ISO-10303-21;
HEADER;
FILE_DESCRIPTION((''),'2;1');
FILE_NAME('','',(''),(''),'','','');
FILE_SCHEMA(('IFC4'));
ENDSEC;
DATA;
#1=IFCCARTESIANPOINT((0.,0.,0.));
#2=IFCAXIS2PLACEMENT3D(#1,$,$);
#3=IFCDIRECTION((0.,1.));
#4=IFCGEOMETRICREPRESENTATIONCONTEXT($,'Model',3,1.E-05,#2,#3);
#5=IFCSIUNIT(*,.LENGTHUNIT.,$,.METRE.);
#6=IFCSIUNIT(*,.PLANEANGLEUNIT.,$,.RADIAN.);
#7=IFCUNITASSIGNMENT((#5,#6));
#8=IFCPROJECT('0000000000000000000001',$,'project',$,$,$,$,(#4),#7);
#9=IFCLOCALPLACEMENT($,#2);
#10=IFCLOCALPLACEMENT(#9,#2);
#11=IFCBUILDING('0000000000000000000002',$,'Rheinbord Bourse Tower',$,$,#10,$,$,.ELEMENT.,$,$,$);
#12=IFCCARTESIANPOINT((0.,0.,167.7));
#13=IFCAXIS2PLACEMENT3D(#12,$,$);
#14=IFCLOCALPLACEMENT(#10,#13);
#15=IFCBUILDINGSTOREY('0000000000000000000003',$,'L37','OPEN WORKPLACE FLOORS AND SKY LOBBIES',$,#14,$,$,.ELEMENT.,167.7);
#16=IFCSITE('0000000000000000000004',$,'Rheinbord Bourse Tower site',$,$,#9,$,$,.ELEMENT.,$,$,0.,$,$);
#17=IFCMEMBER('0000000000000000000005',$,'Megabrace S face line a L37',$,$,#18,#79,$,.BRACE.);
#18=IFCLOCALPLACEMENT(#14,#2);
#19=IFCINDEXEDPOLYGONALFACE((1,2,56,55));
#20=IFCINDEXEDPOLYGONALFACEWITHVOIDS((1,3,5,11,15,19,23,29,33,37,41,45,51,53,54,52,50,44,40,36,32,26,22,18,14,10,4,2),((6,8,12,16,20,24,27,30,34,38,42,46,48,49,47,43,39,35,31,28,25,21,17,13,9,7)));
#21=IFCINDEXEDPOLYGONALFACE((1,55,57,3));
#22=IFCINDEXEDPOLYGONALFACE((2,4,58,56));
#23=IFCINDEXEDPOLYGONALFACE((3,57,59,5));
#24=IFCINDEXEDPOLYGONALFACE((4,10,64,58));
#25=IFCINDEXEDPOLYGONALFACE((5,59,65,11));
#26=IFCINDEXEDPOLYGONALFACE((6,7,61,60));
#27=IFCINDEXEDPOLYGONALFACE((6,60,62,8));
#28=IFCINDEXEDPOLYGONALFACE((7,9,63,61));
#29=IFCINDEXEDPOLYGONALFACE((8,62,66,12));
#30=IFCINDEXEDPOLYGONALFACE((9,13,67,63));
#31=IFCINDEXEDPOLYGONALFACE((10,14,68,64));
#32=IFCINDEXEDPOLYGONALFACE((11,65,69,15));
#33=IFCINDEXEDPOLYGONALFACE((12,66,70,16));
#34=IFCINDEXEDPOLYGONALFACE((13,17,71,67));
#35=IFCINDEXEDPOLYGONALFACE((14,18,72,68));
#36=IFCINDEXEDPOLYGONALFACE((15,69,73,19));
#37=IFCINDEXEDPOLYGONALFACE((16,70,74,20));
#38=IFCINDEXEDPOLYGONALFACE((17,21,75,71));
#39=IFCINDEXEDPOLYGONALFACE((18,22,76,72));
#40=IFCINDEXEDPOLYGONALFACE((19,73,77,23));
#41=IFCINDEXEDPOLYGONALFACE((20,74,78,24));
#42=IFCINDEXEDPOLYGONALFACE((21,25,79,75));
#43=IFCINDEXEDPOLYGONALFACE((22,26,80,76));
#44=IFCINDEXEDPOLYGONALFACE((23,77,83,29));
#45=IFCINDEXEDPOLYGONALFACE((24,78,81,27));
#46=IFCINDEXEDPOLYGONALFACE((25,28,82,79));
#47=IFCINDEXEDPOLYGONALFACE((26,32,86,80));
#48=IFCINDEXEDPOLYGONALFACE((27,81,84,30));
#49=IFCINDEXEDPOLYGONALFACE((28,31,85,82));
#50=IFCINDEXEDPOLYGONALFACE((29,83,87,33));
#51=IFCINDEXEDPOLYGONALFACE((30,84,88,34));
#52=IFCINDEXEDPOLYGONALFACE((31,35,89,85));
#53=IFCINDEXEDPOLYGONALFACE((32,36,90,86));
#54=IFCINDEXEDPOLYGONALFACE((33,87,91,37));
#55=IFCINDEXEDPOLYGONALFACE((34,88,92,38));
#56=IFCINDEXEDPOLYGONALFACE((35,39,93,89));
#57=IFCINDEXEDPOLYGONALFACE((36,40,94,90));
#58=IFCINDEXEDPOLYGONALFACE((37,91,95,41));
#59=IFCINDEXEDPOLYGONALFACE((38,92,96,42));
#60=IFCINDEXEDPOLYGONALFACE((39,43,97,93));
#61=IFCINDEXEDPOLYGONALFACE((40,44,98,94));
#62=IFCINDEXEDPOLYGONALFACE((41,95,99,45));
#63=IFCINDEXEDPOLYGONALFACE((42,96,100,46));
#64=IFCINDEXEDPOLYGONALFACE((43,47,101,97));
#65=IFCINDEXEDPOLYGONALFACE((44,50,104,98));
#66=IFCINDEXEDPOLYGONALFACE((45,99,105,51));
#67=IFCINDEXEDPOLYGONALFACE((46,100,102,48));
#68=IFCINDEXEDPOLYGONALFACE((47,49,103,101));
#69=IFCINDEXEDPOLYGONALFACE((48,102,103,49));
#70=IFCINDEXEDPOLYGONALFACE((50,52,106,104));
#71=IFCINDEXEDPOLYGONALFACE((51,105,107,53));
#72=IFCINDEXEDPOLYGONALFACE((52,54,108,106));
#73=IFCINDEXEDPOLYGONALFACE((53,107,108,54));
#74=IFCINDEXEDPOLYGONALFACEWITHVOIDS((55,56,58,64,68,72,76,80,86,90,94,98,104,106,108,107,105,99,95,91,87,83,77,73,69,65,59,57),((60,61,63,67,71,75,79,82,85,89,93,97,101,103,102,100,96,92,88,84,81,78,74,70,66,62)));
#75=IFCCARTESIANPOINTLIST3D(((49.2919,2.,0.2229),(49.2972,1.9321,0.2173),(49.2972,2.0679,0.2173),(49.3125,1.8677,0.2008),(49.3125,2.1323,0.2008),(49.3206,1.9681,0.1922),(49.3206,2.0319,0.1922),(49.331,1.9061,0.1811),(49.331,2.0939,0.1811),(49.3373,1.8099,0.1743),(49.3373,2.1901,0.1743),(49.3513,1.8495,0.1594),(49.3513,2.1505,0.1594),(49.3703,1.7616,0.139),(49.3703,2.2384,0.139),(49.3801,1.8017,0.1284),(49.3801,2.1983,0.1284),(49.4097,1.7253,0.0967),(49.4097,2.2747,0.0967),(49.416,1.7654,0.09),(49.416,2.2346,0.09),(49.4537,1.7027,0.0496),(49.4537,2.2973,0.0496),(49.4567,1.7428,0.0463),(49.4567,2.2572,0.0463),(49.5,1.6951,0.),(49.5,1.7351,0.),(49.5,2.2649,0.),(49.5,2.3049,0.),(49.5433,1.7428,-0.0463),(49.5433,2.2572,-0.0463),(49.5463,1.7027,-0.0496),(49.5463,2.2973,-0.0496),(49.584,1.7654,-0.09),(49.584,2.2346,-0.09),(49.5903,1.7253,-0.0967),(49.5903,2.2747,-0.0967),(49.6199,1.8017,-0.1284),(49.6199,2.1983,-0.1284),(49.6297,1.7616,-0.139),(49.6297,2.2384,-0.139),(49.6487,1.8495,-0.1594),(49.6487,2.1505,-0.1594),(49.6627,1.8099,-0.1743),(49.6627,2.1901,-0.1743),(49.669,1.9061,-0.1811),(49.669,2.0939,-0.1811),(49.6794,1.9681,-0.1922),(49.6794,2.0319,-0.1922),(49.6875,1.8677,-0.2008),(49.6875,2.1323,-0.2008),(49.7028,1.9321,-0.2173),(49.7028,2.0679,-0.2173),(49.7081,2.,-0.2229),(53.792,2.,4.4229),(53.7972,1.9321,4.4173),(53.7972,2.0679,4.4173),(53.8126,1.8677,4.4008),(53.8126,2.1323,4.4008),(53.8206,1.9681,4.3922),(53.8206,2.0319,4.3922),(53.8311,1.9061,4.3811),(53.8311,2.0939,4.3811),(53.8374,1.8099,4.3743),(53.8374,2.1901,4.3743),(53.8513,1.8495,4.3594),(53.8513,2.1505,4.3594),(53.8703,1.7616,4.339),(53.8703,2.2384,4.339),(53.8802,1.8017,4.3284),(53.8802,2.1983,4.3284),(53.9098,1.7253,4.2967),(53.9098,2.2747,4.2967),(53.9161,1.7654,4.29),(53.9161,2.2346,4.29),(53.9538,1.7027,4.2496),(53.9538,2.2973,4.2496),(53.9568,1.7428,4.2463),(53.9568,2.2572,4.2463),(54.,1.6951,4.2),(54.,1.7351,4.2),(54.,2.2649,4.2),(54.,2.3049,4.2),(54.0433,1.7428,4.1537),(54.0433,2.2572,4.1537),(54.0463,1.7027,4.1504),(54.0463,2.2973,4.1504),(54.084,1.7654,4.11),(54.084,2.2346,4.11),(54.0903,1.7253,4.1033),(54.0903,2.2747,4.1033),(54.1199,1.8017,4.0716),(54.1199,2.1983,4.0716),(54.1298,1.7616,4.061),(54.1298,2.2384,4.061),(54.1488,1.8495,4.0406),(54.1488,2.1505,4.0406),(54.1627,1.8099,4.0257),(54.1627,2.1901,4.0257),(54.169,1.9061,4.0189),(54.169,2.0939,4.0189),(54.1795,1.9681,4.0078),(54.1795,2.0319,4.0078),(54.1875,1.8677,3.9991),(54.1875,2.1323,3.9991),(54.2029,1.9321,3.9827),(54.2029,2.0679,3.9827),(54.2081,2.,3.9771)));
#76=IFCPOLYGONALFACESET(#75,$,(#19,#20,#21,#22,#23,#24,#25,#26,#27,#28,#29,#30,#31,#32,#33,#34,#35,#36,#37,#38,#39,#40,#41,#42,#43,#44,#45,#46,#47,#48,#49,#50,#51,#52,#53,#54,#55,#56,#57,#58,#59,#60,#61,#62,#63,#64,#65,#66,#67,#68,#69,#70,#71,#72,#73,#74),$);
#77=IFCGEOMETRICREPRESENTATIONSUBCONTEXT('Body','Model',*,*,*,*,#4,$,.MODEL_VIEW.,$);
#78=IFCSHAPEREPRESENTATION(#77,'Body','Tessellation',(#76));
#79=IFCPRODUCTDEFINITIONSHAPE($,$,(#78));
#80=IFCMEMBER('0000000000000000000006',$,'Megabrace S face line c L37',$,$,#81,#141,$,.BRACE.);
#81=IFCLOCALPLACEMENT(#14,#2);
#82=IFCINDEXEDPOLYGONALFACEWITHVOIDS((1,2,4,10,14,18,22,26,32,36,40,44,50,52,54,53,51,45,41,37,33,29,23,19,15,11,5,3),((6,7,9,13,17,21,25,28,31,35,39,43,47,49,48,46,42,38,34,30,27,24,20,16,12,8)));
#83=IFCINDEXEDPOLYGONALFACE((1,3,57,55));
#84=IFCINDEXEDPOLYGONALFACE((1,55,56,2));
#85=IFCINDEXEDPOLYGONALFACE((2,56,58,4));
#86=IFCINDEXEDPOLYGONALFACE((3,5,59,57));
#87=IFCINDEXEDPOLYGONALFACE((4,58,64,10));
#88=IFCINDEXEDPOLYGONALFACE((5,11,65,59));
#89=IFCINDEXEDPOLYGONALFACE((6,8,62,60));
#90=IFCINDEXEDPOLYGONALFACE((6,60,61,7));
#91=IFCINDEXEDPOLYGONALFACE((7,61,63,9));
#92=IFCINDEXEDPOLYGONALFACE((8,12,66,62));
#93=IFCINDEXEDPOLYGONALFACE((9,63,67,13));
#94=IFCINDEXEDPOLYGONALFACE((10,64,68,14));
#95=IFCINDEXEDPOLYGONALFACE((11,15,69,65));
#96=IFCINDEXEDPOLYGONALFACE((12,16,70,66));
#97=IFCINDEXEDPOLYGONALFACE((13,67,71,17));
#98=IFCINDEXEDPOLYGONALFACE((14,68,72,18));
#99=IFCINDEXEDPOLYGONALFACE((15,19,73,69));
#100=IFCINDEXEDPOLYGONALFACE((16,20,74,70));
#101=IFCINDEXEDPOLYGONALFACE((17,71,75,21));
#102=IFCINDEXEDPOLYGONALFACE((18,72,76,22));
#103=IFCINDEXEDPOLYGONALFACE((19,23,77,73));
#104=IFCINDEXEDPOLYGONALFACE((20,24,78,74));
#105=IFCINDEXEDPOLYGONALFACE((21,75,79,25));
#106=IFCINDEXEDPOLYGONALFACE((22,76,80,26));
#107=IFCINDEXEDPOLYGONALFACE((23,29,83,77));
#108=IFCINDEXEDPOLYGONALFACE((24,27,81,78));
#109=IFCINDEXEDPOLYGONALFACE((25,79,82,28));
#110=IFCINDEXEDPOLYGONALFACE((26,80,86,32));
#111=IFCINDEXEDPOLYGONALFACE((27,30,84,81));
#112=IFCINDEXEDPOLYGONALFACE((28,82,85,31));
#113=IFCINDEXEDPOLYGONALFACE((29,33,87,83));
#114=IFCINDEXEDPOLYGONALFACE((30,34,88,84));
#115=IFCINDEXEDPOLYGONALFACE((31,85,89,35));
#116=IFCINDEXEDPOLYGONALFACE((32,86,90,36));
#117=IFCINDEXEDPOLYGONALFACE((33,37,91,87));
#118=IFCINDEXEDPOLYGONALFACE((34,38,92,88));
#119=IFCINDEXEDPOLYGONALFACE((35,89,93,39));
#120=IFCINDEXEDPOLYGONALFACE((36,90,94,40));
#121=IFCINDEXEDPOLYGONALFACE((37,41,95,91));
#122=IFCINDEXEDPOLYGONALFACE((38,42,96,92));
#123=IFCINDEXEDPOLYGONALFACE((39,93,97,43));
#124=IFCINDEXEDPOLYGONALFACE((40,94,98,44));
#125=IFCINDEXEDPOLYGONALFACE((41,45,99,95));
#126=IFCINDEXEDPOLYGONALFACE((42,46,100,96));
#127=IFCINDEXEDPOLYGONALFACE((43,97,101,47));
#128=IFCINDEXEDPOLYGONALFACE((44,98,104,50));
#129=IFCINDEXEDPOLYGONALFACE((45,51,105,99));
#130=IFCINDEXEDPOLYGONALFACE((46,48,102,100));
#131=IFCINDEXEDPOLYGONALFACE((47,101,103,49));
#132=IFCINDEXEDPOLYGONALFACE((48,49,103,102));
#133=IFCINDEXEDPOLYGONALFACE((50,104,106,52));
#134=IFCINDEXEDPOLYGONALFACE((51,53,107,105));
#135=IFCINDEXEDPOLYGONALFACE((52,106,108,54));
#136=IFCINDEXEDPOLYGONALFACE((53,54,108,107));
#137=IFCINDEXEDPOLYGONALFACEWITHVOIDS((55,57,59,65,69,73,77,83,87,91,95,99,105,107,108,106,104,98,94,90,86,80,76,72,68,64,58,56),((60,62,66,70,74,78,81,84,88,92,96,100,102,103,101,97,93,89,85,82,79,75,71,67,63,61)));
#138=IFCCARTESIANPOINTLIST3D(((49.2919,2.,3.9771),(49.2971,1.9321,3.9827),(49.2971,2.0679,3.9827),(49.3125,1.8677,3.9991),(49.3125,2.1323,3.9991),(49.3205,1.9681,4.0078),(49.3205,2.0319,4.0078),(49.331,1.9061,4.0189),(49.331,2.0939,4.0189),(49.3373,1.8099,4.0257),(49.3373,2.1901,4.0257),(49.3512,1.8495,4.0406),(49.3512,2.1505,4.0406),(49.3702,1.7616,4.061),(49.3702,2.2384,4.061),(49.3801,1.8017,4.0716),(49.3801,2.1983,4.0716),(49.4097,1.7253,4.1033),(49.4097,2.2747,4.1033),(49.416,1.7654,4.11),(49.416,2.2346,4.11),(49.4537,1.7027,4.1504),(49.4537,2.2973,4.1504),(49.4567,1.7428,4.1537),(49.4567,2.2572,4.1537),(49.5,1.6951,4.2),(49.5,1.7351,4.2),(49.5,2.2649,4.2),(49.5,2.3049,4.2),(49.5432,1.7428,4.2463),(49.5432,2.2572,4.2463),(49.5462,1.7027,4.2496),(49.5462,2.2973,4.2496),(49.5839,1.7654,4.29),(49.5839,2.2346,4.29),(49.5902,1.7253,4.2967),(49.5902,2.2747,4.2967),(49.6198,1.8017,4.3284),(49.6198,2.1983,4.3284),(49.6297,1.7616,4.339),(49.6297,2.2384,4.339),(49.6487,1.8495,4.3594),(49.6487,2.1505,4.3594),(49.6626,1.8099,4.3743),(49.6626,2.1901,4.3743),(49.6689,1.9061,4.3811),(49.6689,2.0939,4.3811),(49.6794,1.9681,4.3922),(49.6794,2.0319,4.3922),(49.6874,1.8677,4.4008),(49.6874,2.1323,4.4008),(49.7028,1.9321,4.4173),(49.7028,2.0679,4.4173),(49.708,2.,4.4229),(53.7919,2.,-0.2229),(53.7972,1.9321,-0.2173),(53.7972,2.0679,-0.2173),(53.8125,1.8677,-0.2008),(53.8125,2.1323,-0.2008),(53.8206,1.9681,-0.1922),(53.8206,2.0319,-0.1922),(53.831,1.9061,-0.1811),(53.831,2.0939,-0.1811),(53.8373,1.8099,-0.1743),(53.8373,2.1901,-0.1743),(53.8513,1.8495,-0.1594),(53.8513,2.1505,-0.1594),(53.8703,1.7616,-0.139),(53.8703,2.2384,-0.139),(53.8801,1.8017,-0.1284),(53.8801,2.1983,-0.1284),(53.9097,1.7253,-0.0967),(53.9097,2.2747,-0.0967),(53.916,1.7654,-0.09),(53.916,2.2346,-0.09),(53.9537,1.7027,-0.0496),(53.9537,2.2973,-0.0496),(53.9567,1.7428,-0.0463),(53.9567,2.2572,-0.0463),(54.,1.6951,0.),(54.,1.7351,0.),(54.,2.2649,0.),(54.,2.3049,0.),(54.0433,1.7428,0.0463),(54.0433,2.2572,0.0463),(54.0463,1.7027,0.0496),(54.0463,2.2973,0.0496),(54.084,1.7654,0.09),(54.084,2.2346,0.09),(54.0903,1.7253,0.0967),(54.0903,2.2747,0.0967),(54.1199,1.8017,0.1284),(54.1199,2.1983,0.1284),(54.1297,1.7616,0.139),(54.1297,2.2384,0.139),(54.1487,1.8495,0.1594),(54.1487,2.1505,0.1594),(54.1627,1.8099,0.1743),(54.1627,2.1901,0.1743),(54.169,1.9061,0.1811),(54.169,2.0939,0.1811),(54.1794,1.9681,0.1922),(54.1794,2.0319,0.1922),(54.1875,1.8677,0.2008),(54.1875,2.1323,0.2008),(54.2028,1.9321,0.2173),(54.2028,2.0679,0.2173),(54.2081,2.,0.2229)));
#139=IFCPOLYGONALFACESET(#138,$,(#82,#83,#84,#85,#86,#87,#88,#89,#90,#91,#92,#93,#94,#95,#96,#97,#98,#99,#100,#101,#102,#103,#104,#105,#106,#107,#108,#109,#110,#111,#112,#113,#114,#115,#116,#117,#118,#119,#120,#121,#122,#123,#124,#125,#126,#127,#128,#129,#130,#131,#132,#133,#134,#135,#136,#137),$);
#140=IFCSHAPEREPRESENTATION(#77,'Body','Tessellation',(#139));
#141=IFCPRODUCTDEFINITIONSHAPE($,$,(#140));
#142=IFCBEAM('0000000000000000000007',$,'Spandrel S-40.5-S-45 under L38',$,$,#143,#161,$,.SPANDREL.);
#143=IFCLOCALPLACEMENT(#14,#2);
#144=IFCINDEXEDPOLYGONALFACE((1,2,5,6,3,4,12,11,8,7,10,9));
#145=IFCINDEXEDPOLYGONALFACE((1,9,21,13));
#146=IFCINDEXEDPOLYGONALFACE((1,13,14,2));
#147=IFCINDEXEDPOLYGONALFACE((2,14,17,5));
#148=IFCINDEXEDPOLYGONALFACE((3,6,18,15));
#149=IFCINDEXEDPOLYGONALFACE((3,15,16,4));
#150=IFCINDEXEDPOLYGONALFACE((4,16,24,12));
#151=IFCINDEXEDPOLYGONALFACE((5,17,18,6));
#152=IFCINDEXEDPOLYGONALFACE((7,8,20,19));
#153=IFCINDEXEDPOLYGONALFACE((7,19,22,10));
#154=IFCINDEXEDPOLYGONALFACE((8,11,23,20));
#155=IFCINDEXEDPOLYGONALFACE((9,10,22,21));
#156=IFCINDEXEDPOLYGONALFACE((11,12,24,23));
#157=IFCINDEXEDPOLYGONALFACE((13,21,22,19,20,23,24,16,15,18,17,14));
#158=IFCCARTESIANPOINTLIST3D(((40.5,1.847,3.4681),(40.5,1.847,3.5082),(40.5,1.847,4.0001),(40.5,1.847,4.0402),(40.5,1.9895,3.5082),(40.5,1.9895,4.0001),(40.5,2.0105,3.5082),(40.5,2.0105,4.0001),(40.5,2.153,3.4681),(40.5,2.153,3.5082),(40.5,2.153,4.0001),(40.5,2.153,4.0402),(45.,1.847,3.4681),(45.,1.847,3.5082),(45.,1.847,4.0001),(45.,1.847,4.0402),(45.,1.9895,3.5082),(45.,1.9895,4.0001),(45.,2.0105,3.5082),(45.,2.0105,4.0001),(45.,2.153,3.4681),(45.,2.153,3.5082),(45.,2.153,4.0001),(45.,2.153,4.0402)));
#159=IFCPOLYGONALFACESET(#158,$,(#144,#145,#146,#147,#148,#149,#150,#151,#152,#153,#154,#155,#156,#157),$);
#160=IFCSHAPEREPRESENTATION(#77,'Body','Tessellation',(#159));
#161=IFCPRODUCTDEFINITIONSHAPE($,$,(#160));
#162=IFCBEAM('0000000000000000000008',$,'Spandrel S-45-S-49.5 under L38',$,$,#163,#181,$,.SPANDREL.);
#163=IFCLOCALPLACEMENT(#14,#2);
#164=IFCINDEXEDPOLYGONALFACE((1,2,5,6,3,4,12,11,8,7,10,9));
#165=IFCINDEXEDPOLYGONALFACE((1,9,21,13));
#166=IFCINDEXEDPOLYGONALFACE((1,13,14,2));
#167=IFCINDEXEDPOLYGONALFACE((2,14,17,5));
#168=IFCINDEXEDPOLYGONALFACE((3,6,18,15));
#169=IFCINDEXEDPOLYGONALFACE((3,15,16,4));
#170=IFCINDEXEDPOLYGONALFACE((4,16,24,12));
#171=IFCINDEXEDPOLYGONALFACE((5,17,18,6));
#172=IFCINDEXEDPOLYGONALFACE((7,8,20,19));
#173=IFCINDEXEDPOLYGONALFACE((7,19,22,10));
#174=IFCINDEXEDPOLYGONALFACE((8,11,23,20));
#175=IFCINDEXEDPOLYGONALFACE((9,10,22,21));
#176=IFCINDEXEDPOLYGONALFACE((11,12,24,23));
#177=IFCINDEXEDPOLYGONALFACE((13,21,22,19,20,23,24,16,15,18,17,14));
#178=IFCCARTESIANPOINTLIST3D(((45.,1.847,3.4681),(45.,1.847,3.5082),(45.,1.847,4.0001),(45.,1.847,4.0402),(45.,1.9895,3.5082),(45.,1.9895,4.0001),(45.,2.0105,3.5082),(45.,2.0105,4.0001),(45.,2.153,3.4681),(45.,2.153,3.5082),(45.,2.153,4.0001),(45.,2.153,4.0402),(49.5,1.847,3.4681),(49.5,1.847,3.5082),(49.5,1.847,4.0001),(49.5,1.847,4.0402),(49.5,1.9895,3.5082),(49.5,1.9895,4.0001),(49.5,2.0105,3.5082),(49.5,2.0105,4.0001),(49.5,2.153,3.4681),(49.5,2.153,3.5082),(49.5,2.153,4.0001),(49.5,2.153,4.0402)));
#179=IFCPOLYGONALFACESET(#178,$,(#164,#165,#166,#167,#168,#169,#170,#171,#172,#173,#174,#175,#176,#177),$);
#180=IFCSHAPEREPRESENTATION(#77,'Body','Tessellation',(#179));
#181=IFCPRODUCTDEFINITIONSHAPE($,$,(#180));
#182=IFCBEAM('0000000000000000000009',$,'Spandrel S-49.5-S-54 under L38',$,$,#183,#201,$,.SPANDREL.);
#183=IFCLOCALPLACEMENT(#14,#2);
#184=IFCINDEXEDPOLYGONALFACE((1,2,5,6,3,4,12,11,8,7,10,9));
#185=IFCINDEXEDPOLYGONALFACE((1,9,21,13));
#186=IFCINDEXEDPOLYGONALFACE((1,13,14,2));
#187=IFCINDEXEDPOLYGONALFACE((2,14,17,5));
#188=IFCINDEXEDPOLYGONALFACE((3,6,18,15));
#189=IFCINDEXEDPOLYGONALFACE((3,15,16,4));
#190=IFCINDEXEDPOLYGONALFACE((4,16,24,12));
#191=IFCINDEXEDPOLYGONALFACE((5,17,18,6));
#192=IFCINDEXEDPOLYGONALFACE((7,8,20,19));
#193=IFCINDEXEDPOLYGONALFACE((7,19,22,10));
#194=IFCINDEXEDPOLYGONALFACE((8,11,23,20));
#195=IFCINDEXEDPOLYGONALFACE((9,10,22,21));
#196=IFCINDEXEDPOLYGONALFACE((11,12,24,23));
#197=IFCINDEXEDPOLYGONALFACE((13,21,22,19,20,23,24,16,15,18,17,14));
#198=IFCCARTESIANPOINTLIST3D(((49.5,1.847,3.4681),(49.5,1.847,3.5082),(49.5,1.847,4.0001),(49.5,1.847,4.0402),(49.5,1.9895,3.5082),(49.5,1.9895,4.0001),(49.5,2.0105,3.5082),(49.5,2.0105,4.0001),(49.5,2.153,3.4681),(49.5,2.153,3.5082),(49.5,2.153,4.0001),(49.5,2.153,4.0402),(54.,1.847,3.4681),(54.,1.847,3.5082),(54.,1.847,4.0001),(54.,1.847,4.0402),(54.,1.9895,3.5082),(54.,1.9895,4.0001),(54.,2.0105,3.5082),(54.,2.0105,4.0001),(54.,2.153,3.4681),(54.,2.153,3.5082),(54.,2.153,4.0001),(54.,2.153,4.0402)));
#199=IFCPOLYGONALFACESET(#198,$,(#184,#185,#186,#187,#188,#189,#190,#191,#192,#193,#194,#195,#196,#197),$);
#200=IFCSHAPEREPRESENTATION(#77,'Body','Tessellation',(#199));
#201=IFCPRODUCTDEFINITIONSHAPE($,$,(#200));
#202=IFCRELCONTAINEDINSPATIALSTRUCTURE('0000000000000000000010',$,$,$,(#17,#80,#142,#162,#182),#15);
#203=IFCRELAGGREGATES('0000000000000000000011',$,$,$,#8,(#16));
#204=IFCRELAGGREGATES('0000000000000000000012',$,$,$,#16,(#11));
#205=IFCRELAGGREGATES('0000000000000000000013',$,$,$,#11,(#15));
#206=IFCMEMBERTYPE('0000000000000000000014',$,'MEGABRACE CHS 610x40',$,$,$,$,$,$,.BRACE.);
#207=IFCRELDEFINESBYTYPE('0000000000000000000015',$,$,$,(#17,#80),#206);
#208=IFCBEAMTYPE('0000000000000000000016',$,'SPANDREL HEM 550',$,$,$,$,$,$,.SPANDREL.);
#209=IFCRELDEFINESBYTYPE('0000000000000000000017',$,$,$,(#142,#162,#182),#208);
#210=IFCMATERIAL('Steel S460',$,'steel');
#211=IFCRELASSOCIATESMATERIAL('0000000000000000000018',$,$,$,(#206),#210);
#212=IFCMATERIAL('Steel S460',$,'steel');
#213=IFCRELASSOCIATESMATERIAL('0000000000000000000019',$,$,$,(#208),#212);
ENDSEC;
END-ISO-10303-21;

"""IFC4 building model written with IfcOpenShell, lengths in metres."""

from ifc_helpers import new_model, si_unit, direction, frame, origin, origin_2d, place, context, subcontext, project, spatial, hollow_circle, i_section, extrude, material, material_profile, profile_set, type_object, element, save


model = new_model("IFC4")

# Units and contexts
model_context = context("Model", 3, precision=1e-05, world=origin(), true_north=direction((0.0, 1.0)))
body_context = subcontext(model_context, "Body", "Model", "MODEL_VIEW")
ifc_project = project(units=[si_unit("LENGTHUNIT", "METRE"), si_unit("PLANEANGLEUNIT", "RADIAN")], contexts=[model_context])

# Site, building, storey
site_placement = place(None, origin())
site = spatial("IfcSite", under=ifc_project, at=site_placement, Name="Rheinbord Bourse Tower site", CompositionType="ELEMENT", RefElevation=0.0)
building_placement = place(site_placement, origin())
building = spatial("IfcBuilding", under=site, at=building_placement, Name="Rheinbord Bourse Tower", CompositionType="ELEMENT")
storey_placement = place(building_placement, frame((0.0, 0.0, 167.7)))
storey = spatial("IfcBuildingStorey", under=building, at=storey_placement, Name="L37", Description="OPEN WORKPLACE FLOORS AND SKY LOBBIES", CompositionType="ELEMENT", Elevation=167.7)

# Members
ifc_material_1 = material(Name="Steel S460", Category="steel")
ifc_material_profile_1 = material_profile(ifc_material_1, hollow_circle(Radius=0.3049, WallThickness=0.04, at=origin_2d()), Name="CHS 610x40")
ifc_profile_set_1 = profile_set([ifc_material_profile_1], Name="Steel S460")
member_type_1 = type_object("IfcMemberType", Name="MEGABRACE CHS 610x40", PredefinedType="BRACE", material=ifc_profile_set_1)
for number, where, z_axis, x_axis, name in (
    (1, (49.5, 2.0, 0.0), (0.731059, 0.0, 0.682314), (0.0, 1.0, 0.0), "Megabrace S face line a L37"),
    (2, (54.0, 2.0, 0.0), (-0.731059, 0.0, 0.682314), (0.0, -1.0, 0.0), "Megabrace S face line c L37"),
):
    element("IfcMember", number, at=place(storey_placement, frame(where, z_axis=z_axis, x_axis=x_axis)), inside=storey, type_object=member_type_1, Name=name, PredefinedType="BRACE", context=body_context, shape_type="SweptSolid", body=[
        extrude(hollow_circle(Radius=0.3049, WallThickness=0.04, at=origin_2d()), origin(), (0.0, 0.0, 1.0), 6.1555),
    ])

# Beams
ifc_material_2 = material(Name="Steel S460", Category="steel")
ifc_material_profile_2 = material_profile(ifc_material_2, i_section(OverallWidth=0.3059, OverallDepth=0.572, WebThickness=0.021, FlangeThickness=0.04, at=origin_2d()), Name="HEM 550")
ifc_profile_set_2 = profile_set([ifc_material_profile_2], Name="Steel S460")
beam_type_1 = type_object("IfcBeamType", Name="SPANDREL HEM 550", PredefinedType="SPANDREL", material=ifc_profile_set_2)
for number, where, z_axis, x_axis, name in (
    (3, (40.5, 2.0, 3.7542), (1.0, 0.0, 0.0), (0.0, 1.0, 0.0), "Spandrel S-40.5-S-45 under L38"),
    (4, (45.0, 2.0, 3.7542), (1.0, 0.0, 0.0), (0.0, 1.0, 0.0), "Spandrel S-45-S-49.5 under L38"),
    (5, (49.5, 2.0, 3.7542), (1.0, 0.0, 0.0), (0.0, 1.0, 0.0), "Spandrel S-49.5-S-54 under L38"),
):
    element("IfcBeam", number, at=place(storey_placement, frame(where, z_axis=z_axis, x_axis=x_axis)), inside=storey, type_object=beam_type_1, Name=name, PredefinedType="SPANDREL", context=body_context, shape_type="SweptSolid", body=[
        extrude(i_section(OverallWidth=0.3059, OverallDepth=0.572, WebThickness=0.021, FlangeThickness=0.04, at=origin_2d()), origin(), (0.0, 0.0, 1.0), 4.5),
    ])

save(model, "model.ifc")
